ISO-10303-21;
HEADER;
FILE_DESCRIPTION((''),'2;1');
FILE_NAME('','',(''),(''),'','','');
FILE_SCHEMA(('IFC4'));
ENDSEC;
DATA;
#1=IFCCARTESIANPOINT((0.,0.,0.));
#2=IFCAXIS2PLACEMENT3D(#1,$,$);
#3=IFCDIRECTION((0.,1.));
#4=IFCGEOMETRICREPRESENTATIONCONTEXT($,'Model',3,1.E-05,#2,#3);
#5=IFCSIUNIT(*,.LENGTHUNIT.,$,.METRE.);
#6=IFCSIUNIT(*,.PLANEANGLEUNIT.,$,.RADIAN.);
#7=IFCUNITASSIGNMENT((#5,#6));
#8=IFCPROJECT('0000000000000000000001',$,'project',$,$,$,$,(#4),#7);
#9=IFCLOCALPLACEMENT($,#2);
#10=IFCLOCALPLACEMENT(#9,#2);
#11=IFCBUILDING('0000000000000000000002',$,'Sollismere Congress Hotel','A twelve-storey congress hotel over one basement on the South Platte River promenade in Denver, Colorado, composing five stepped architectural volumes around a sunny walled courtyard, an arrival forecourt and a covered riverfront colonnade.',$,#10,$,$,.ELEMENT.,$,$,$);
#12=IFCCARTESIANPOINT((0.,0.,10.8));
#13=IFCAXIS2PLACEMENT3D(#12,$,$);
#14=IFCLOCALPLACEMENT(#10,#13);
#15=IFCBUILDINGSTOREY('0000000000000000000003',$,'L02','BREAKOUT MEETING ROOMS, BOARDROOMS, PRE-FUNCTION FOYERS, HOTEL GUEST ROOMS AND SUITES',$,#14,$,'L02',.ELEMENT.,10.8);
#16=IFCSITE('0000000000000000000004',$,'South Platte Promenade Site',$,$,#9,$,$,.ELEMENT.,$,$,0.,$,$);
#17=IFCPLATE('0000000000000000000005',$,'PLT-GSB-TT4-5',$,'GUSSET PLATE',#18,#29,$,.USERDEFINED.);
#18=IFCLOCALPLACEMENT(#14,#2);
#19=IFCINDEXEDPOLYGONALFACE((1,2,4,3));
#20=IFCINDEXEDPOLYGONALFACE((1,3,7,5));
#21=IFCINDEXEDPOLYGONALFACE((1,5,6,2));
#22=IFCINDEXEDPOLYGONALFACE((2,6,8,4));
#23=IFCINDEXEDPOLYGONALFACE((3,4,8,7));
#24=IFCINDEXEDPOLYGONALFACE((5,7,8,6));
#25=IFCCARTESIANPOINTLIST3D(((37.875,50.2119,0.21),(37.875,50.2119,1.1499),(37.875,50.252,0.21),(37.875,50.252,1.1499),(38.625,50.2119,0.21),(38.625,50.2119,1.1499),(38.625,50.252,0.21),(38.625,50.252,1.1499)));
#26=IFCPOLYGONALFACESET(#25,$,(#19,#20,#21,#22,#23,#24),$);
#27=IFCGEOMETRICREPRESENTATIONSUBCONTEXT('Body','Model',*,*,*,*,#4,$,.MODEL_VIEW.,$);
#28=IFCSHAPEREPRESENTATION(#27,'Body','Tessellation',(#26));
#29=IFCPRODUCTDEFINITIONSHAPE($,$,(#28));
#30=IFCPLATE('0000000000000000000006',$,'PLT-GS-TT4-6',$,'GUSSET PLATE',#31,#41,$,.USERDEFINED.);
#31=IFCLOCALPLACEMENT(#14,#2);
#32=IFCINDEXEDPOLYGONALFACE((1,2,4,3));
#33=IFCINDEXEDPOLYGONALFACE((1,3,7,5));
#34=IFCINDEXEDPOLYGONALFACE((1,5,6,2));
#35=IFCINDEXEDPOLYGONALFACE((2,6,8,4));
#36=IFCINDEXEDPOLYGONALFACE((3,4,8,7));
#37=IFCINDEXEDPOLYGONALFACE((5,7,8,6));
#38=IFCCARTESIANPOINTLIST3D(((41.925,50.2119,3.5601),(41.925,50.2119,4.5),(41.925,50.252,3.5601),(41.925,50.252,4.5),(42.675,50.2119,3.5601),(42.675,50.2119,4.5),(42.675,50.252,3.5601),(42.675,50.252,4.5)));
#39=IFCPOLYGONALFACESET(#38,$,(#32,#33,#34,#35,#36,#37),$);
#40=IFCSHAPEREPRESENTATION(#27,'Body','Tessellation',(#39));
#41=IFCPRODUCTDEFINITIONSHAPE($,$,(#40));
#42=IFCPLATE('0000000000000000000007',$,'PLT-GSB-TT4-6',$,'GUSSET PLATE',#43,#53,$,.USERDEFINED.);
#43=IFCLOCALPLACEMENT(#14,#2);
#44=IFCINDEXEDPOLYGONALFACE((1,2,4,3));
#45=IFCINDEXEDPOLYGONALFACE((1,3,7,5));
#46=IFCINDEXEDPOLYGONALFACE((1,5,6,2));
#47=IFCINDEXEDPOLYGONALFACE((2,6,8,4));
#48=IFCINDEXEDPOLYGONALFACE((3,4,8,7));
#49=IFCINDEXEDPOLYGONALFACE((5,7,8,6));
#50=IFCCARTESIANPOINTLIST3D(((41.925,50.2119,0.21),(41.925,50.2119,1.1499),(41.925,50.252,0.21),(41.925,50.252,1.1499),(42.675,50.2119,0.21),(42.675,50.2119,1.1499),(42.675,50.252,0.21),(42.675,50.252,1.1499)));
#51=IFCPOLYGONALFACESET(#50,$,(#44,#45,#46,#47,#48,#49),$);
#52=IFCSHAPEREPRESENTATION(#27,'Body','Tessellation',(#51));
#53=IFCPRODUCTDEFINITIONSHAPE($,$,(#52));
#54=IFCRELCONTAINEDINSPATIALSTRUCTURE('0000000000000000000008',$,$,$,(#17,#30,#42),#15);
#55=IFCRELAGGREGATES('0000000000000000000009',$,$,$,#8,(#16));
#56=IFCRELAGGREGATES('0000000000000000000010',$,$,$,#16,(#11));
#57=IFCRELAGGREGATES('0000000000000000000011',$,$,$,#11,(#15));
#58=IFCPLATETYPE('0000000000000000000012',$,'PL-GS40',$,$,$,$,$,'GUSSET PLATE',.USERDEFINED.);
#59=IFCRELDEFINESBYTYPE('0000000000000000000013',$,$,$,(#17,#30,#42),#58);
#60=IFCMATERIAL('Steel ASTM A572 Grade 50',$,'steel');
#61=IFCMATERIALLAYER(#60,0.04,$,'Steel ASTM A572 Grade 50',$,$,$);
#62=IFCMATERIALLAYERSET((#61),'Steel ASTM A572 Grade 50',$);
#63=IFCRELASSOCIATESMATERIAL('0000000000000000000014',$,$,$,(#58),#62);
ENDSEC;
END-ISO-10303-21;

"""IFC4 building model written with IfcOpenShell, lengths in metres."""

from ifc_helpers import new_model, si_unit, direction, frame, origin, origin_2d, place, context, subcontext, project, spatial, rectangle, extrude, material, layer, layer_set, type_object, element, save


model = new_model("IFC4")

# Units and contexts
model_context = context("Model", 3, precision=1e-05, world=origin(), true_north=direction((0.0, 1.0)))
body_context = subcontext(model_context, "Body", "Model", "MODEL_VIEW")
ifc_project = project(units=[si_unit("LENGTHUNIT", "METRE"), si_unit("PLANEANGLEUNIT", "RADIAN")], contexts=[model_context])

# Site, building, storey
site_placement = place(None, origin())
site = spatial("IfcSite", under=ifc_project, at=site_placement, Name="South Platte Promenade Site", CompositionType="ELEMENT", RefElevation=0.0)
building_placement = place(site_placement, origin())
building = spatial("IfcBuilding", under=site, at=building_placement, Name="Sollismere Congress Hotel", Description="A twelve-storey congress hotel over one basement on the South Platte River promenade in Denver, Colorado, composing five stepped architectural volumes around a sunny walled courtyard, an arrival forecourt and a covered riverfront colonnade.", CompositionType="ELEMENT")
storey_placement = place(building_placement, frame((0.0, 0.0, 10.8)))
storey = spatial("IfcBuildingStorey", under=building, at=storey_placement, Name="L02", Description="BREAKOUT MEETING ROOMS, BOARDROOMS, PRE-FUNCTION FOYERS, HOTEL GUEST ROOMS AND SUITES", LongName="L02", CompositionType="ELEMENT", Elevation=10.8)

# Plates
ifc_material_1 = material(Name="Steel ASTM A572 Grade 50", Category="steel")
ifc_layer = layer(ifc_material_1, 0.04, Name="Steel ASTM A572 Grade 50")
ifc_layer_set = layer_set([ifc_layer], Name="Steel ASTM A572 Grade 50")
plate_type = type_object("IfcPlateType", Name="PL-GS40", ElementType="GUSSET PLATE", PredefinedType="USERDEFINED", material=ifc_layer_set)
for number, where, z_axis, x_axis, name in (
    (1, (38.25, 50.2319, 0.21), (0.0, 0.0, 1.0), (1.0, 0.0, 0.0), "PLT-GSB-TT4-5"),
    (2, (42.3, 50.2319, 3.5601), (0.0, 0.0, 1.0), (1.0, 0.0, 0.0), "PLT-GS-TT4-6"),
    (3, (42.3, 50.2319, 0.21), (0.0, 0.0, 1.0), (1.0, 0.0, 0.0), "PLT-GSB-TT4-6"),
):
    element("IfcPlate", number, at=place(storey_placement, frame(where, z_axis=z_axis, x_axis=x_axis)), inside=storey, type_object=plate_type, Name=name, ObjectType="GUSSET PLATE", PredefinedType="USERDEFINED", context=body_context, shape_type="SweptSolid", body=[
        extrude(rectangle(XDim=0.75, YDim=0.04, at=origin_2d()), origin(), (0.0, 0.0, 1.0), 0.9399),
    ])

save(model, "model.ifc")
